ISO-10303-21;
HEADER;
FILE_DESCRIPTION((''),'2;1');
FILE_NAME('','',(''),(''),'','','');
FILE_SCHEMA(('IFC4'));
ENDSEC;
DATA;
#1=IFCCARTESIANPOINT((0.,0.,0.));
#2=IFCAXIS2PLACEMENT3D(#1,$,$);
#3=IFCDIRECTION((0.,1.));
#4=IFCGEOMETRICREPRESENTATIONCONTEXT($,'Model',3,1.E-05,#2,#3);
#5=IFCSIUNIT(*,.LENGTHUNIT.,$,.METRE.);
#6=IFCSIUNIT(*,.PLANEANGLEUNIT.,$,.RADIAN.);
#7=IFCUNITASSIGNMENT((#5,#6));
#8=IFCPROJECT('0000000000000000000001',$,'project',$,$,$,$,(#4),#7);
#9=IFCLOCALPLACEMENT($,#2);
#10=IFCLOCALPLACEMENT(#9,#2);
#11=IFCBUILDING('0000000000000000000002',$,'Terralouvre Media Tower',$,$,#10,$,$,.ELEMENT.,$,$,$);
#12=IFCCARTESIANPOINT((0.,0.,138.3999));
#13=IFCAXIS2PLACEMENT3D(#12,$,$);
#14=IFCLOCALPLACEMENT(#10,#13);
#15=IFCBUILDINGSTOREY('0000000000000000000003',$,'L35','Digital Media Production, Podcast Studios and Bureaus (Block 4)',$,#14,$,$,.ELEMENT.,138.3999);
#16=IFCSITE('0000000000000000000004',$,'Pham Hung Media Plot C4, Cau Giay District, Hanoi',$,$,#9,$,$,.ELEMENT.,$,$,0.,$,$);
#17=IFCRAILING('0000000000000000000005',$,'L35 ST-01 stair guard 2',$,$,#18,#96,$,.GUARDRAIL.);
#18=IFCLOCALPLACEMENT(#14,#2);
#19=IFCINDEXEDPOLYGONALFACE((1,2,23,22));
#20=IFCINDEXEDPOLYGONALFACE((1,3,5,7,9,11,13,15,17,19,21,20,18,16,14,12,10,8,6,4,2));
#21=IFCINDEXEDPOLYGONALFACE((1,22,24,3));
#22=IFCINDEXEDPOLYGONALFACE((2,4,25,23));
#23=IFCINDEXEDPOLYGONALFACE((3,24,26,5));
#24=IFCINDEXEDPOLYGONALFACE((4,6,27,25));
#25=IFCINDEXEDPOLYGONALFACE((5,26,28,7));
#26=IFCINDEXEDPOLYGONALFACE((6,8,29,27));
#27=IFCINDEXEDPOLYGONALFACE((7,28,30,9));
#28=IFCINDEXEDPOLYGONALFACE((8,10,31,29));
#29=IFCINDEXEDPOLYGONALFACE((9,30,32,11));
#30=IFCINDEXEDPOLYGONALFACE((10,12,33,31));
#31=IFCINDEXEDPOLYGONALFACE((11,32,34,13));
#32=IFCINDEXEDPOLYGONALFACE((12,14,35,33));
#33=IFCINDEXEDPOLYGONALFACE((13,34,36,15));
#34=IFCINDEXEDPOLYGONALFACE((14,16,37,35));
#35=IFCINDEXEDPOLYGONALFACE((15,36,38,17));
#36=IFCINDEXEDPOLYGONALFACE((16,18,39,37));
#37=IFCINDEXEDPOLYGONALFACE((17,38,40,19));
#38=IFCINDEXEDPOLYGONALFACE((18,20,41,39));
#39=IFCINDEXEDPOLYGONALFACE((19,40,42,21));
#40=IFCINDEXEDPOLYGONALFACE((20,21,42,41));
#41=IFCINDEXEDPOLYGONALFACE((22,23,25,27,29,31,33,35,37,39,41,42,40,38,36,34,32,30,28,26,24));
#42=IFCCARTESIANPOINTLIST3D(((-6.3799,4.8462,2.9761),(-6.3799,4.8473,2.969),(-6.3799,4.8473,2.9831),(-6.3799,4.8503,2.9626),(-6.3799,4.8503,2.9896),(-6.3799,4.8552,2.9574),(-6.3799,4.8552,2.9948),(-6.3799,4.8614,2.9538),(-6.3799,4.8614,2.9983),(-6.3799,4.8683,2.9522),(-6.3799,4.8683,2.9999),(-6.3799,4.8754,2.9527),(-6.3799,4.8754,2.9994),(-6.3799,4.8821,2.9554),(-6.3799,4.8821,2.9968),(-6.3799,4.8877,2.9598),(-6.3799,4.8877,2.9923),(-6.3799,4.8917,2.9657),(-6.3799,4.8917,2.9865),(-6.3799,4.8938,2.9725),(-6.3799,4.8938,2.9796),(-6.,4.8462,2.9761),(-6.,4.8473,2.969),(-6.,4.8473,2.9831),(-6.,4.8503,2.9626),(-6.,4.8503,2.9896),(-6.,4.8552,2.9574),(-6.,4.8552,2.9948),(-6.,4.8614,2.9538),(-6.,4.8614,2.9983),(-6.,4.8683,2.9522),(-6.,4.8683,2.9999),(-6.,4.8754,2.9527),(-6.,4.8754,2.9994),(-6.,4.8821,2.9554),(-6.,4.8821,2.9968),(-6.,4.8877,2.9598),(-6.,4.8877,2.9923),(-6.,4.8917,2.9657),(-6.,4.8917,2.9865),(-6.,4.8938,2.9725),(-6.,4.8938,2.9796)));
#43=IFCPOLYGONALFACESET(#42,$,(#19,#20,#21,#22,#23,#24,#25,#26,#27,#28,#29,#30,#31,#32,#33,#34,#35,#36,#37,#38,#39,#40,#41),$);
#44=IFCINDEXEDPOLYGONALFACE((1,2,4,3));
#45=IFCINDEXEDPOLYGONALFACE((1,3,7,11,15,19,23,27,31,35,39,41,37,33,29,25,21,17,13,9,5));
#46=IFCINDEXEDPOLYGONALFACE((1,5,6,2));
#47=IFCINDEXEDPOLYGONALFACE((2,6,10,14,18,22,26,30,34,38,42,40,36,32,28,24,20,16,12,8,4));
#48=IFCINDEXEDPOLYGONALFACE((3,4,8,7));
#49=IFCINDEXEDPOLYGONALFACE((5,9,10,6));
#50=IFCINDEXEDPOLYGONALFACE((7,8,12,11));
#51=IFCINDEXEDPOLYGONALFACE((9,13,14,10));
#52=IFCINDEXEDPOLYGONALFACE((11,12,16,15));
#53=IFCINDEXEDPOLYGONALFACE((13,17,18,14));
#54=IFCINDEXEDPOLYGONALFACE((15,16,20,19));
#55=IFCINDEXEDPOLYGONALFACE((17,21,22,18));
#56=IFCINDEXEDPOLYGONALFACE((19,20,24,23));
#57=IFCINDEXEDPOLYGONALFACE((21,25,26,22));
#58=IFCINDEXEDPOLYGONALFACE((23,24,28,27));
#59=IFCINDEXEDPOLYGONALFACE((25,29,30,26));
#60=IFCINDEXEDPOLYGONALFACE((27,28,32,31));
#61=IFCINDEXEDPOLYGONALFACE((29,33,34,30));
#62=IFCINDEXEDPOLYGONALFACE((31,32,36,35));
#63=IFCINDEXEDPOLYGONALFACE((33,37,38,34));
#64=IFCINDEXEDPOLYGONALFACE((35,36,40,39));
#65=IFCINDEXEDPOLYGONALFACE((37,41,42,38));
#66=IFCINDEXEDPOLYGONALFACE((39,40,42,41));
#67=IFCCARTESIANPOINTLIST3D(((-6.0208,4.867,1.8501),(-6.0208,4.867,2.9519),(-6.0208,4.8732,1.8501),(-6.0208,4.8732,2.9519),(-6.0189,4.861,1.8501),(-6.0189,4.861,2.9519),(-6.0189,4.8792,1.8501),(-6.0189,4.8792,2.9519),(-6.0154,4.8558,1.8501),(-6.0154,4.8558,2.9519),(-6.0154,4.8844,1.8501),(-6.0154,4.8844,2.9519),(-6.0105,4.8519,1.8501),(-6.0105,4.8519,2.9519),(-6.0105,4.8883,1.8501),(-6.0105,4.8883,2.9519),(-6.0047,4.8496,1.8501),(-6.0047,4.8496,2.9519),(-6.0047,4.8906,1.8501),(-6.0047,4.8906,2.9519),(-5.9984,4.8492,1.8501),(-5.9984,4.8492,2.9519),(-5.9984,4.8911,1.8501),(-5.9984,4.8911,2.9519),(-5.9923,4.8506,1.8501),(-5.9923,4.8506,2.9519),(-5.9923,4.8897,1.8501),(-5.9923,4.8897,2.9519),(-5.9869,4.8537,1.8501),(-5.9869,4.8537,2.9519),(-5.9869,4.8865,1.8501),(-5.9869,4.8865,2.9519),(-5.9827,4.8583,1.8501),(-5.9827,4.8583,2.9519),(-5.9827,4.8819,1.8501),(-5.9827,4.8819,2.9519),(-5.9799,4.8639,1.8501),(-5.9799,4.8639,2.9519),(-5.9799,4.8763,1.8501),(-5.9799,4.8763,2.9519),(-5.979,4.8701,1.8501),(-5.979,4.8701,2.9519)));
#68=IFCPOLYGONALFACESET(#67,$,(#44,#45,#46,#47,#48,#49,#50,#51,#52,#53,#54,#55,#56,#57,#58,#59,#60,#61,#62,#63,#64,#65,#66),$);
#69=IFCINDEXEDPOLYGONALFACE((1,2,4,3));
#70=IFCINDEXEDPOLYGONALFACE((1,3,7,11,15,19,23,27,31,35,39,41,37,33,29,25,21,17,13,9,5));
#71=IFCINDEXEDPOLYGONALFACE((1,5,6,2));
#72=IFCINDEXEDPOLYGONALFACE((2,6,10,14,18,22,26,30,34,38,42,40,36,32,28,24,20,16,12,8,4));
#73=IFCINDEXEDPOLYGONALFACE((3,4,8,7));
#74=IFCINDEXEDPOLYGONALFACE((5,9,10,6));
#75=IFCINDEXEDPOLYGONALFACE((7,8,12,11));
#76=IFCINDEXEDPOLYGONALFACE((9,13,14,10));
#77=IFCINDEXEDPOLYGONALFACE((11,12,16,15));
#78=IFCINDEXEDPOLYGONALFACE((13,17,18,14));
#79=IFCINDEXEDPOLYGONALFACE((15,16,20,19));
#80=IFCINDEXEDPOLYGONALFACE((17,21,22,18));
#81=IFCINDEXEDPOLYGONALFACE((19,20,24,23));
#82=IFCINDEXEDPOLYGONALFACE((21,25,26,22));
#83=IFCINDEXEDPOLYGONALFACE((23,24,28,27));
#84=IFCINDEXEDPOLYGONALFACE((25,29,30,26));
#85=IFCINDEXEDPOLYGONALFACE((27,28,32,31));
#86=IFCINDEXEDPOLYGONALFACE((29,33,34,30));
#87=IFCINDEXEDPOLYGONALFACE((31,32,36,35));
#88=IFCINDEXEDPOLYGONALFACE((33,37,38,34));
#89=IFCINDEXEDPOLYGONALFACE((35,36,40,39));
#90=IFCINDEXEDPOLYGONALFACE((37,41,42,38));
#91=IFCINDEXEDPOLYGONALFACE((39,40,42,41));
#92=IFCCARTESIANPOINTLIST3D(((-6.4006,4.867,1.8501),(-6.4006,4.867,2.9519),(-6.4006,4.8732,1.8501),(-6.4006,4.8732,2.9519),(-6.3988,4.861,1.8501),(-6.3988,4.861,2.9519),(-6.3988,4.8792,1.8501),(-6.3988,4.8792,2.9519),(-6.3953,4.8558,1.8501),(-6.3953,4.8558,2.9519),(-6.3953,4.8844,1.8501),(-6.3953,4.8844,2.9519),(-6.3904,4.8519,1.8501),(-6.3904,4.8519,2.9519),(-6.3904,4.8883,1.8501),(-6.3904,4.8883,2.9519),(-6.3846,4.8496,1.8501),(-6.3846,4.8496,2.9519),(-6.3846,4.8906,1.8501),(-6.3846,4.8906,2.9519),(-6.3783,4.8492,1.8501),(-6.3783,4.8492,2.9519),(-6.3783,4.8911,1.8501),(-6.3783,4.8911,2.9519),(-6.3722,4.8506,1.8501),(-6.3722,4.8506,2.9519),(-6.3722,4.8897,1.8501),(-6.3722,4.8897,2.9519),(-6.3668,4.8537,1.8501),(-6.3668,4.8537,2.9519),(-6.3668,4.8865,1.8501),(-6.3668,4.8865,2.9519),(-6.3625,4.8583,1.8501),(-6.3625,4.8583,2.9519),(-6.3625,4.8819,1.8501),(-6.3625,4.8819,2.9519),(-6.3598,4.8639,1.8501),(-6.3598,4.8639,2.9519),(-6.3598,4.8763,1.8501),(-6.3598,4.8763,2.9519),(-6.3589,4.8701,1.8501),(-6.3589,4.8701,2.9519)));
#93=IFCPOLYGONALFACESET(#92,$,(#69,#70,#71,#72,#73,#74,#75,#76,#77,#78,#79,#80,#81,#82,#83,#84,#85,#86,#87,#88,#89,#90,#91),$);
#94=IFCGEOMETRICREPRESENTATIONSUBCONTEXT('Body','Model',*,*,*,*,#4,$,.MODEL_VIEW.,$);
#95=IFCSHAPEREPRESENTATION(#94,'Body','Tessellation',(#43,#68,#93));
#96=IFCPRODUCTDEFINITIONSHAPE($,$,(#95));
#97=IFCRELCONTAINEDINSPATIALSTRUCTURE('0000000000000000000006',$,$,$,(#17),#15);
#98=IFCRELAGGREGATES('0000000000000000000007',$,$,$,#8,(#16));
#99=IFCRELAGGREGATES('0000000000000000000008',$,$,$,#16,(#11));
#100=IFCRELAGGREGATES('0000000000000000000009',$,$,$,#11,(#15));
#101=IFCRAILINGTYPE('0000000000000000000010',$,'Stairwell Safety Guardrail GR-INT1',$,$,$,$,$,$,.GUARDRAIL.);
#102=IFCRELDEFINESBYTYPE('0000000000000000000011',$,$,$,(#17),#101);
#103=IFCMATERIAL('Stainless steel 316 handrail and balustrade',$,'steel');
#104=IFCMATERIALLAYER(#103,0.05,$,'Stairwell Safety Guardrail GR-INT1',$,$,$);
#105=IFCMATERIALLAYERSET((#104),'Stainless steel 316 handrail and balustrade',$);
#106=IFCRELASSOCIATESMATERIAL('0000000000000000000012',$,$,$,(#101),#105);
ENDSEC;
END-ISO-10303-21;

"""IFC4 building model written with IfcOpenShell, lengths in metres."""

from ifc_helpers import new_model, si_unit, direction, frame, origin, origin_2d, place, context, subcontext, project, spatial, circle, extrude, material, layer, layer_set, type_object, element, save


model = new_model("IFC4")

# Units and contexts
model_context = context("Model", 3, precision=1e-05, world=origin(), true_north=direction((0.0, 1.0)))
body_context = subcontext(model_context, "Body", "Model", "MODEL_VIEW")
ifc_project = project(units=[si_unit("LENGTHUNIT", "METRE"), si_unit("PLANEANGLEUNIT", "RADIAN")], contexts=[model_context])

# Site, building, storey
site_placement = place(None, origin())
site = spatial("IfcSite", under=ifc_project, at=site_placement, Name="Pham Hung Media Plot C4, Cau Giay District, Hanoi", CompositionType="ELEMENT", RefElevation=0.0)
building_placement = place(site_placement, origin())
building = spatial("IfcBuilding", under=site, at=building_placement, Name="Terralouvre Media Tower", CompositionType="ELEMENT")
storey_placement = place(building_placement, frame((0.0, 0.0, 138.3999)))
storey = spatial("IfcBuildingStorey", under=building, at=storey_placement, Name="L35", Description="Digital Media Production, Podcast Studios and Bureaus (Block 4)", CompositionType="ELEMENT", Elevation=138.3999)

# Railing
ifc_material_1 = material(Name="Stainless steel 316 handrail and balustrade", Category="steel")
ifc_layer_1 = layer(ifc_material_1, 0.05, Name="Stairwell Safety Guardrail GR-INT1")
ifc_layer_set_1 = layer_set([ifc_layer_1], Name="Stainless steel 316 handrail and balustrade")
railing_type_1 = type_object("IfcRailingType", Name="Stairwell Safety Guardrail GR-INT1", PredefinedType="GUARDRAIL", material=ifc_layer_set_1)
railing_1_placement = place(storey_placement, frame((-6.0, 4.8701, 1.8501)))
element("IfcRailing", 1, at=railing_1_placement, inside=storey, type_object=railing_type_1, Name="L35 ST-01 stair guard 2", PredefinedType="GUARDRAIL", context=body_context, shape_type="SweptSolid", body=[
    extrude(circle(Radius=0.0239, at=origin_2d()), frame((0.0, 0.0, 1.126), z_axis=(-1.0, 0.0, 0.0), x_axis=(0.0, -1.0, 0.0)), (0.0, 0.0, 1.0), 0.3799),
    extrude(circle(Radius=0.021, at=origin_2d()), origin(), (0.0, 0.0, 1.0), 1.1018),
    extrude(circle(Radius=0.021, at=origin_2d()), frame((-0.3799, 0.0, 0.0)), (0.0, 0.0, 1.0), 1.1018),
])

save(model, "model.ifc")
